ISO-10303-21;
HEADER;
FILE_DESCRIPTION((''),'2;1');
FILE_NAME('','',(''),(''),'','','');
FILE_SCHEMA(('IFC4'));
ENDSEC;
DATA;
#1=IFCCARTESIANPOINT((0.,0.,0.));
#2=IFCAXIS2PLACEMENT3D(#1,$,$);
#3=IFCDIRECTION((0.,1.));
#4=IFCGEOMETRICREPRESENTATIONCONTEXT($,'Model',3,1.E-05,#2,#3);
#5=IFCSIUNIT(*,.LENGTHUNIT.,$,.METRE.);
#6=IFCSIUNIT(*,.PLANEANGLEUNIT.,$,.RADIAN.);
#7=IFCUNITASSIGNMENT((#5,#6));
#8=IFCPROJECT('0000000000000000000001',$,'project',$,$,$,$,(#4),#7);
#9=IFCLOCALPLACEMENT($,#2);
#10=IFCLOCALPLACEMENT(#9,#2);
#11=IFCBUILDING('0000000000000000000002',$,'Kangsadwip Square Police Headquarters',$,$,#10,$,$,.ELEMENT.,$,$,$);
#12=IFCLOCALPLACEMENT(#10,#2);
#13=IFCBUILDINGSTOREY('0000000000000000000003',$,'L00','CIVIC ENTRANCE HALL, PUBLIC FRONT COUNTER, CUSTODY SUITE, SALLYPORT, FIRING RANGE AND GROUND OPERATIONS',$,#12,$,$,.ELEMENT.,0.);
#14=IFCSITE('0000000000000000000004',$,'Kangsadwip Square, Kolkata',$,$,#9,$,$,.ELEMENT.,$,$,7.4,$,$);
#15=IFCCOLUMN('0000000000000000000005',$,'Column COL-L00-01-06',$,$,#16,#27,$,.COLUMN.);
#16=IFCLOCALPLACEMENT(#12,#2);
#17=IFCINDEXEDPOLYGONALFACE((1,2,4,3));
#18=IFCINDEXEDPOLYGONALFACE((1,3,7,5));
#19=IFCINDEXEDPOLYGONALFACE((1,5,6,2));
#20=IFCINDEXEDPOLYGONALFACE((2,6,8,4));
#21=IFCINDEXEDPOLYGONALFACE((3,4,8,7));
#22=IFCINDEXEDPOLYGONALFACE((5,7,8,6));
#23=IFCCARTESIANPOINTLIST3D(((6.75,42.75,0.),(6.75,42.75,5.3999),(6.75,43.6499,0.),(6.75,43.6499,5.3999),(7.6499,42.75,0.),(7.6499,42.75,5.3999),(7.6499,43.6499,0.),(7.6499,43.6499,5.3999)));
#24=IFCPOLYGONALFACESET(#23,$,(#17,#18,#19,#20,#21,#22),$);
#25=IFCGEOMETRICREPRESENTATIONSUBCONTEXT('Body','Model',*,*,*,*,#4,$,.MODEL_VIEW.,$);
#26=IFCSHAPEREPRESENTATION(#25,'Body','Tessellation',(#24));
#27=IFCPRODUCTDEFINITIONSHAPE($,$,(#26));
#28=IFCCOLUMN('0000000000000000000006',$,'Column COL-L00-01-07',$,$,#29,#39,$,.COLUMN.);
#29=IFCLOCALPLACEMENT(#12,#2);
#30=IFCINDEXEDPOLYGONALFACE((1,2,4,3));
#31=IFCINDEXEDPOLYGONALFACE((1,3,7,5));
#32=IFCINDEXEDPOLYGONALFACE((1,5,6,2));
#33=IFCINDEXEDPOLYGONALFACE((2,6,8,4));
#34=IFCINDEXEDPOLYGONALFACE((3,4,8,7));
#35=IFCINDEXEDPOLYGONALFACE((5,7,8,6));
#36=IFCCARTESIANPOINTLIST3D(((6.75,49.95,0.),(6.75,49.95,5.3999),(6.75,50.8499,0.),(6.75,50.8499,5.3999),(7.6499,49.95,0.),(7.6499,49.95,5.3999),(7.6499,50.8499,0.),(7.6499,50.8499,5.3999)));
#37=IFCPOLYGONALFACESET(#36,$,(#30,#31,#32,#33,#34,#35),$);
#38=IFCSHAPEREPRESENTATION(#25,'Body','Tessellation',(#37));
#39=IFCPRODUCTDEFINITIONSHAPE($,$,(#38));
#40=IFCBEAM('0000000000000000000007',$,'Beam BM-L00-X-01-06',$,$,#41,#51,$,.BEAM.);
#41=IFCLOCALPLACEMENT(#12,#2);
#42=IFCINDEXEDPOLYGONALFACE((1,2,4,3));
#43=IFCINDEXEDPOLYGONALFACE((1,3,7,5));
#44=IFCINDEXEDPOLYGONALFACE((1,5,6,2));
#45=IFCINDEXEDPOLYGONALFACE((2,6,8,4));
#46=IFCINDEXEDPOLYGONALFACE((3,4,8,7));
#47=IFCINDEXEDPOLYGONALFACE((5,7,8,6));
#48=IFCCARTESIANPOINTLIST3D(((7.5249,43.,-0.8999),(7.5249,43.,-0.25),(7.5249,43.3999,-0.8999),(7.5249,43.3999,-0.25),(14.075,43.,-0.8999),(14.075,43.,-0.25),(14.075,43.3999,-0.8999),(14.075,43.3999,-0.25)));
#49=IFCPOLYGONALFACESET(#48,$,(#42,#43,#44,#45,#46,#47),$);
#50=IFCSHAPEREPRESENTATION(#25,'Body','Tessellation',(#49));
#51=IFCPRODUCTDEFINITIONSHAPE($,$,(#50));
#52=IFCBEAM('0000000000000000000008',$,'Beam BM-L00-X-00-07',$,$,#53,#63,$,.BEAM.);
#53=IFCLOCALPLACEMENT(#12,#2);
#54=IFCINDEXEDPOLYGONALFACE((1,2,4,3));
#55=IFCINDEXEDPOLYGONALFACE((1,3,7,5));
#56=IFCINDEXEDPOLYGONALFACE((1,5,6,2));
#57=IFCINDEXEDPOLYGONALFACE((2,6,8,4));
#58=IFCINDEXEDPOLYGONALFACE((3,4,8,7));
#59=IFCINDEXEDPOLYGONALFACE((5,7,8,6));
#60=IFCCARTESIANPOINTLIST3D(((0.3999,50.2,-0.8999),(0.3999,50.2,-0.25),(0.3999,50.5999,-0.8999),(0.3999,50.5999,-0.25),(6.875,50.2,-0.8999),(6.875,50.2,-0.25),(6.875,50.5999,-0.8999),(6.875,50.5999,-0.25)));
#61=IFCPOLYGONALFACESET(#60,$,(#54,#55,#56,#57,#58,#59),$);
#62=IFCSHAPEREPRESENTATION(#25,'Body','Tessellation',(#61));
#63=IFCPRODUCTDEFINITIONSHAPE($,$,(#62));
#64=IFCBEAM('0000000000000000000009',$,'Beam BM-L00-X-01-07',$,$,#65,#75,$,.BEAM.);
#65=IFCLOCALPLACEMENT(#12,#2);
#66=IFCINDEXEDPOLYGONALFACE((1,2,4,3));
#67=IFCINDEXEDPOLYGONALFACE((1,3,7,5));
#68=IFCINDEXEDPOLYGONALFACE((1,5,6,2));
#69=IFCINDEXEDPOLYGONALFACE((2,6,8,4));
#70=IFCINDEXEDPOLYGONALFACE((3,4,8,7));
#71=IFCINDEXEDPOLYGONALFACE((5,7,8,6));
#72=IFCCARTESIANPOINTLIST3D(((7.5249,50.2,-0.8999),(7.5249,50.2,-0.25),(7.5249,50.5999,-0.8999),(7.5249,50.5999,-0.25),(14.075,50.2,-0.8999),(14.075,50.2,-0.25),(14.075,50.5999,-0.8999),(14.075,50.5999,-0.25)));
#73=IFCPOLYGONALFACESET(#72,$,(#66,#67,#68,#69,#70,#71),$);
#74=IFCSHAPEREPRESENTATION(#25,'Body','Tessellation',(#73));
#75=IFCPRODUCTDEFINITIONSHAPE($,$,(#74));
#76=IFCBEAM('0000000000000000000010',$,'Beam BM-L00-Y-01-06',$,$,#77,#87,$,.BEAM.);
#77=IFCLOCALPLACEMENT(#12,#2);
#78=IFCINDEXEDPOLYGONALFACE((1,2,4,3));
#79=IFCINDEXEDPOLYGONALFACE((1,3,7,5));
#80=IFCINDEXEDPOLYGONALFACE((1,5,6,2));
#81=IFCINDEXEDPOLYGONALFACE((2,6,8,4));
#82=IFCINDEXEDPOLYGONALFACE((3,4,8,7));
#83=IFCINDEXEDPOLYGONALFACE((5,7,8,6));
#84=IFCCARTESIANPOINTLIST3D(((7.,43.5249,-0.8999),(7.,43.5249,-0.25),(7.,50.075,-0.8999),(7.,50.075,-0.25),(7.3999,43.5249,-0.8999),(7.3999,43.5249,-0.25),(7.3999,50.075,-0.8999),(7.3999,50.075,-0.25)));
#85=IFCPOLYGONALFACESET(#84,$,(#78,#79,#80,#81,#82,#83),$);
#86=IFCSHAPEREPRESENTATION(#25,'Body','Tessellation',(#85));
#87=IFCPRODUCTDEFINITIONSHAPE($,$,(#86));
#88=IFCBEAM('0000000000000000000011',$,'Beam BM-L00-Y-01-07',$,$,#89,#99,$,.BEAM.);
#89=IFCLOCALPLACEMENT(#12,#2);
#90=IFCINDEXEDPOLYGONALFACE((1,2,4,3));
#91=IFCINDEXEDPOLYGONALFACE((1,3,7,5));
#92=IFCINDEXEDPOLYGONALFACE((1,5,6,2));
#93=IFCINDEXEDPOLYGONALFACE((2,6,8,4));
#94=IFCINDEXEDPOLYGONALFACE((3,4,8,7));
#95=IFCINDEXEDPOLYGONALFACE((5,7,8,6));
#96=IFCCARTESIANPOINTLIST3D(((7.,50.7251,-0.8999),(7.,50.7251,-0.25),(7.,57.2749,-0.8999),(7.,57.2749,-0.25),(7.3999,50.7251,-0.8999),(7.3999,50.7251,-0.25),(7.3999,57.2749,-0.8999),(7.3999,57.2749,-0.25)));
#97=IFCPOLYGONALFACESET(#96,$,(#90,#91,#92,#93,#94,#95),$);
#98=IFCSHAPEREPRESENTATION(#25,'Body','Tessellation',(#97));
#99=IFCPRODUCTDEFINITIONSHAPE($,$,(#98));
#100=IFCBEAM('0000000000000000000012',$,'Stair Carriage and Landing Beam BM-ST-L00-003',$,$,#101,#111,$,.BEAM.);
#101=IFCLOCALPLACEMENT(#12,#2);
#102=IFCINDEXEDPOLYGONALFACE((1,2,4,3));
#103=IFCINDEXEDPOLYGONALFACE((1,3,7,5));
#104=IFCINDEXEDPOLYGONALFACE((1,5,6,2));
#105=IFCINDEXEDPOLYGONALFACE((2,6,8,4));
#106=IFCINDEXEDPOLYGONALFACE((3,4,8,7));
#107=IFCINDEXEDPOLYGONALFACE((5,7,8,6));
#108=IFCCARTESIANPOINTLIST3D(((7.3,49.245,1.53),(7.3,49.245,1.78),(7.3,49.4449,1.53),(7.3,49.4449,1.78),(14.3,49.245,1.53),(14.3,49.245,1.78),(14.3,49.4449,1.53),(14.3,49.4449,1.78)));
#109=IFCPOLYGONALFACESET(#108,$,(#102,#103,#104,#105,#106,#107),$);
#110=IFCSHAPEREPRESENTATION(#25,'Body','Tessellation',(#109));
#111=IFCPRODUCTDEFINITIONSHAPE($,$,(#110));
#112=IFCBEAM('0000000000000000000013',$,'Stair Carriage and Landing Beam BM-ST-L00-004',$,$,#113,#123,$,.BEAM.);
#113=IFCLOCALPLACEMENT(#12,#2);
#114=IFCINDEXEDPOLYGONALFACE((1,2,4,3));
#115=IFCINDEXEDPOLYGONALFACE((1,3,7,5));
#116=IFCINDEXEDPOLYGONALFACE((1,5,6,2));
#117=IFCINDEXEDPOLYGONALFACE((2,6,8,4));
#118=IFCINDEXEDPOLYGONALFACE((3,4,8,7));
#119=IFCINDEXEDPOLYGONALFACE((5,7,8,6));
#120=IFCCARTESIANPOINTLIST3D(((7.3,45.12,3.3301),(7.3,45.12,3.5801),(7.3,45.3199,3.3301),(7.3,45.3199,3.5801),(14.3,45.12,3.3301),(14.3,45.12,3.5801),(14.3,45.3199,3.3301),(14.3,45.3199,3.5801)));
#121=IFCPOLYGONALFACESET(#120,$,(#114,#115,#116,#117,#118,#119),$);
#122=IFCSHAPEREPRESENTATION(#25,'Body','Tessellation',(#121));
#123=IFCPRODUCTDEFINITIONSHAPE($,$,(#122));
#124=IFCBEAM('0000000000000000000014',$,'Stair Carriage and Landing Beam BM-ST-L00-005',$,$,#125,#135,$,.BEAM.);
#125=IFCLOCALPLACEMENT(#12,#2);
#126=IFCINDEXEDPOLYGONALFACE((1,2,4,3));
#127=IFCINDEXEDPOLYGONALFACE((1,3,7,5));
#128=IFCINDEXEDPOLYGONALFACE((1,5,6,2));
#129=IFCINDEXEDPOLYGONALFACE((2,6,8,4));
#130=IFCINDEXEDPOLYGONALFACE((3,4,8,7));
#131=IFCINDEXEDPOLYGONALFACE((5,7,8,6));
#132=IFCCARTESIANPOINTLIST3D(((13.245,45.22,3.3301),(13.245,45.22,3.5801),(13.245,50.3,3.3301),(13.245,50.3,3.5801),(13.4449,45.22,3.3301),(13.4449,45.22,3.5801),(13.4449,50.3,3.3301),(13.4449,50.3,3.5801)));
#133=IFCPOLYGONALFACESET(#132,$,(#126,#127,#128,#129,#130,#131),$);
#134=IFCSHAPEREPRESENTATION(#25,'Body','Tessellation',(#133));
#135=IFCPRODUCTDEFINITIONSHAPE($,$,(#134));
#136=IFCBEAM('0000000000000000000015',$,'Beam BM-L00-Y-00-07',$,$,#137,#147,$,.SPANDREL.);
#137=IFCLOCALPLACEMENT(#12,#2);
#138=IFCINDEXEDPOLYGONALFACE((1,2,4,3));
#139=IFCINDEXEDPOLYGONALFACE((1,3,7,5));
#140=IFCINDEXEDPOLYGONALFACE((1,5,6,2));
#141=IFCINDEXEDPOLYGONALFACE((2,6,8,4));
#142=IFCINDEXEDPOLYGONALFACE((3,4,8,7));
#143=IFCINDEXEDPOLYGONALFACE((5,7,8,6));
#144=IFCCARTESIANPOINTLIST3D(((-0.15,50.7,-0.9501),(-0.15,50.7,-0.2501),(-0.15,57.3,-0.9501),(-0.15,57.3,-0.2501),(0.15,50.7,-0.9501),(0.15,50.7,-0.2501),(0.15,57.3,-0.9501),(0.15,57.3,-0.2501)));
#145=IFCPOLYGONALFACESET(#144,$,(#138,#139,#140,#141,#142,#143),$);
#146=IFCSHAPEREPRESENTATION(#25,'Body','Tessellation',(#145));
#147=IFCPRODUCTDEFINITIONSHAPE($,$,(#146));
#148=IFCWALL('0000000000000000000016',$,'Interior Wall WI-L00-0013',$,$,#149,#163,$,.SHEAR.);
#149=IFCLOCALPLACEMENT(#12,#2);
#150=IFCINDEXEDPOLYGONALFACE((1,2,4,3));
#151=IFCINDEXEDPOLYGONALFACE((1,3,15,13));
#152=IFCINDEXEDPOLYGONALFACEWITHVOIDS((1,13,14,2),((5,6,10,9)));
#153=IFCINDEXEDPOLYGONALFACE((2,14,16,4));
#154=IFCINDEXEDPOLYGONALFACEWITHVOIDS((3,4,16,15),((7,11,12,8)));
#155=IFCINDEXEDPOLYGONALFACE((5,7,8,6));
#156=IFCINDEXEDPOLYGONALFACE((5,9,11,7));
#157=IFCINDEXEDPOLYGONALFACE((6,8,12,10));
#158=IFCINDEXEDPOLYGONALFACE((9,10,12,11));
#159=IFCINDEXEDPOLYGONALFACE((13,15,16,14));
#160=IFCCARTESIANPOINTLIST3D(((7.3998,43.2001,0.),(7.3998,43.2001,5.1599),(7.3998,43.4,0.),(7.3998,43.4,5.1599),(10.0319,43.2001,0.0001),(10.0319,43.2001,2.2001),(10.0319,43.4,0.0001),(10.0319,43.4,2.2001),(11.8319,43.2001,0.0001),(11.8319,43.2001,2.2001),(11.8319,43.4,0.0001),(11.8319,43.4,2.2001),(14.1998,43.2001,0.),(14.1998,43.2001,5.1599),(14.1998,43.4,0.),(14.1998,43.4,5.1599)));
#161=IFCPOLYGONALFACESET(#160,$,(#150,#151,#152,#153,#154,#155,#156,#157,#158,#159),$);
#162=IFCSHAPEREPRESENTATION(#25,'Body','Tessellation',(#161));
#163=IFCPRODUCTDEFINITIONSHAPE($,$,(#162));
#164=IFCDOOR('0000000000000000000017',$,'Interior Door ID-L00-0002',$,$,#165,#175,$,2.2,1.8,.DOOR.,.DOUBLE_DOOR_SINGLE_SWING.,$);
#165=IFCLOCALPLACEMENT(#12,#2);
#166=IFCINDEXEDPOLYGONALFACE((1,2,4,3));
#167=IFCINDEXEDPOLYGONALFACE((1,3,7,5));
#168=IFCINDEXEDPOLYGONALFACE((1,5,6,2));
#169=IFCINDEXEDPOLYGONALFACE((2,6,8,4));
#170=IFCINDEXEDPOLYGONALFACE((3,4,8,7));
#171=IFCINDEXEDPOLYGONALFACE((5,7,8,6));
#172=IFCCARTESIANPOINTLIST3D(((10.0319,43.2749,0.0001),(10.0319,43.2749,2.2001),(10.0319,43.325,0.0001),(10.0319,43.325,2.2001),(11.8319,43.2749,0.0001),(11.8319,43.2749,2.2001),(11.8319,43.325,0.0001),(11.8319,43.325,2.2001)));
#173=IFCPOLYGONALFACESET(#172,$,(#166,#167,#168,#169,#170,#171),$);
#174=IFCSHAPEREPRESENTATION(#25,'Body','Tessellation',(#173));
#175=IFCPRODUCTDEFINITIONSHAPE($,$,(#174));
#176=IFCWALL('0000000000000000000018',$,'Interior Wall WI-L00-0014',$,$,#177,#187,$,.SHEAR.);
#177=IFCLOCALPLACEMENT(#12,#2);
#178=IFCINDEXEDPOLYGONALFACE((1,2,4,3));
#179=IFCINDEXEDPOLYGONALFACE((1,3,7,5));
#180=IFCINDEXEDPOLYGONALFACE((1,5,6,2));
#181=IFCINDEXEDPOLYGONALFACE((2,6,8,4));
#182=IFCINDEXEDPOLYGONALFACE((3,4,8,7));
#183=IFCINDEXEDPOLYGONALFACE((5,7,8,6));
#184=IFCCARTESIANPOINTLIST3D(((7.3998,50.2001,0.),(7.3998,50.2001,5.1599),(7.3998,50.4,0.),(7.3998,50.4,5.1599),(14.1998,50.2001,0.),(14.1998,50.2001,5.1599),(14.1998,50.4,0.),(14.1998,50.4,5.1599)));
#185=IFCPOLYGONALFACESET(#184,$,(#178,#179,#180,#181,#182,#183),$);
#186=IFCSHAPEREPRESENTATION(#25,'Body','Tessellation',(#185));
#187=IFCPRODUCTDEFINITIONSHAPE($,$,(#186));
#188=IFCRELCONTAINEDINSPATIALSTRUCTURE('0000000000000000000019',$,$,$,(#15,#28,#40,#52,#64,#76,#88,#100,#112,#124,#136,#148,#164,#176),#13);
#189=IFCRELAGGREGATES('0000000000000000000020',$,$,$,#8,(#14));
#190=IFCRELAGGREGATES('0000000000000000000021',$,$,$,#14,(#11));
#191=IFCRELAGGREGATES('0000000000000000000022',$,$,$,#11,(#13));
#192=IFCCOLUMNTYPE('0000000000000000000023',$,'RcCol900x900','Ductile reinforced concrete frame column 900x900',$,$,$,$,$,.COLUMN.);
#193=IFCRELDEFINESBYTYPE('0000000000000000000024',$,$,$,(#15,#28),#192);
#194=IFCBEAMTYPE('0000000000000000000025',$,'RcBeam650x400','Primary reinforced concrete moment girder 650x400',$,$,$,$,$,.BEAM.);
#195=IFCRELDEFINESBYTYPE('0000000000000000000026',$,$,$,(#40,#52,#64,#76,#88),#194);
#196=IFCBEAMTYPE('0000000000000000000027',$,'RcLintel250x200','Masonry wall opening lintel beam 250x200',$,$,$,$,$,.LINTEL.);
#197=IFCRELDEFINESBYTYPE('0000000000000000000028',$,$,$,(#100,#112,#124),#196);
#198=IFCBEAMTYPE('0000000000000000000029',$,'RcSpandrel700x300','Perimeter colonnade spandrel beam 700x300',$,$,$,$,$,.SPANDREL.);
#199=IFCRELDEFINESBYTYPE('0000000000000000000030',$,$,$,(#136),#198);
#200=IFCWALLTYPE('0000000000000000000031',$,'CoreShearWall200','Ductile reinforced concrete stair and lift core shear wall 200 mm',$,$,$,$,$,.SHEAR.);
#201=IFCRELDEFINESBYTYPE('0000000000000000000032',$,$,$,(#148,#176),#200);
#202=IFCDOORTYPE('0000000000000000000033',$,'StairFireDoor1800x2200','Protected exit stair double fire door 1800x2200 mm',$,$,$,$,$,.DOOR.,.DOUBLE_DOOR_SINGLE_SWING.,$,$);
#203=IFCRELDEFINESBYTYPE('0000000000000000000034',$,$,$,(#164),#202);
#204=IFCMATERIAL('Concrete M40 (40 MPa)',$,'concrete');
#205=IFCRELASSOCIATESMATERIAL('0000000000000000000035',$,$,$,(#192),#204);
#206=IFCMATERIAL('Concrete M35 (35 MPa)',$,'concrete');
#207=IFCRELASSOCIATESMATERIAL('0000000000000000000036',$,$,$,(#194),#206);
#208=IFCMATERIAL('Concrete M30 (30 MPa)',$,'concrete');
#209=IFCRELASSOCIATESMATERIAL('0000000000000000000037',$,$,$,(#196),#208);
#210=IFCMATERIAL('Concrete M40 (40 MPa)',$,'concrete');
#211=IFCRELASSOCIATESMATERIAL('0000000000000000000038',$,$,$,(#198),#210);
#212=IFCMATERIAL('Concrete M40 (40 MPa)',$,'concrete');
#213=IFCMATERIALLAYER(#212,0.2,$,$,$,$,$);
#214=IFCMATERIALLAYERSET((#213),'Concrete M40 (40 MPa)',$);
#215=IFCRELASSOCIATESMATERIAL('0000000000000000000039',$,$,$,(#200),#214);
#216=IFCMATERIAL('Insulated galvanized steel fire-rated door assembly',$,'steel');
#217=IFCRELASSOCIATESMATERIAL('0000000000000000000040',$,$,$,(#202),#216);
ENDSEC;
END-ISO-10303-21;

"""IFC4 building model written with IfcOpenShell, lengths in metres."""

from ifc_helpers import new_model, si_unit, direction, frame, frame_2d, origin, origin_2d, place, context, subcontext, project, spatial, rectangle, extrude, material, layer, layer_set, material_profile, profile_set, type_object, element, fill, save


model = new_model("IFC4")

# Units and contexts
model_context = context("Model", 3, precision=1e-05, world=origin(), true_north=direction((0.0, 1.0)))
body_context = subcontext(model_context, "Body", "Model", "MODEL_VIEW")
ifc_project = project(units=[si_unit("LENGTHUNIT", "METRE"), si_unit("PLANEANGLEUNIT", "RADIAN")], contexts=[model_context])

# Site, building, storey
site_placement = place(None, origin())
site = spatial("IfcSite", under=ifc_project, at=site_placement, Name="Kangsadwip Square, Kolkata", CompositionType="ELEMENT", RefElevation=7.4)
building_placement = place(site_placement, origin())
building = spatial("IfcBuilding", under=site, at=building_placement, Name="Kangsadwip Square Police Headquarters", CompositionType="ELEMENT")
storey_placement = place(building_placement, origin())
storey = spatial("IfcBuildingStorey", under=building, at=storey_placement, Name="L00", Description="CIVIC ENTRANCE HALL, PUBLIC FRONT COUNTER, CUSTODY SUITE, SALLYPORT, FIRING RANGE AND GROUND OPERATIONS", CompositionType="ELEMENT", Elevation=0.0)

# Columns
ifc_material_1 = material(Name="Concrete M40 (40 MPa)", Category="concrete")
ifc_material_profile_1 = material_profile(ifc_material_1, rectangle(XDim=0.8999, YDim=0.8999, at=origin_2d()), Name="RC COL 900X900")
ifc_profile_set_1 = profile_set([ifc_material_profile_1], Name="Concrete M40 (40 MPa)")
column_type = type_object("IfcColumnType", Name="RcCol900x900", Description="Ductile reinforced concrete frame column 900x900", PredefinedType="COLUMN", material=ifc_profile_set_1)
for number, where, z_axis, x_axis, name in (
    (1, (7.2, 43.2, 0.0), (0.0, 0.0, 1.0), (1.0, 0.0, 0.0), "Column COL-L00-01-06"),
    (2, (7.2, 50.3999, 0.0), (0.0, 0.0, 1.0), (1.0, 0.0, 0.0), "Column COL-L00-01-07"),
):
    element("IfcColumn", number, at=place(storey_placement, frame(where, z_axis=z_axis, x_axis=x_axis)), inside=storey, type_object=column_type, Name=name, PredefinedType="COLUMN", context=body_context, shape_type="SweptSolid", body=[
        extrude(rectangle(XDim=0.8999, YDim=0.8999, at=origin_2d()), origin(), (0.0, 0.0, 1.0), 5.3999),
    ])

# Beams
ifc_material_2 = material(Name="Concrete M35 (35 MPa)", Category="concrete")
ifc_material_profile_2 = material_profile(ifc_material_2, rectangle(XDim=0.3999, YDim=0.6499, at=origin_2d()), Name="RC BM 650X400")
ifc_profile_set_2 = profile_set([ifc_material_profile_2], Name="Concrete M35 (35 MPa)")
beam_type_1 = type_object("IfcBeamType", Name="RcBeam650x400", Description="Primary reinforced concrete moment girder 650x400", PredefinedType="BEAM", material=ifc_profile_set_2)
beam_1_placement = place(storey_placement, frame((7.5249, 43.2, -0.575), z_axis=(1.0, 0.0, 0.0), x_axis=(0.0, 1.0, 0.0)))
element("IfcBeam", 3, at=beam_1_placement, inside=storey, type_object=beam_type_1, Name="Beam BM-L00-X-01-06", PredefinedType="BEAM", context=body_context, shape_type="SweptSolid", body=[
    extrude(rectangle(XDim=0.3999, YDim=0.6499, at=origin_2d()), origin(), (0.0, 0.0, 1.0), 6.55),
])
beam_2_placement = place(storey_placement, frame((0.3999, 50.3999, -0.575), z_axis=(1.0, 0.0, 0.0), x_axis=(0.0, 1.0, 0.0)))
element("IfcBeam", 4, at=beam_2_placement, inside=storey, type_object=beam_type_1, Name="Beam BM-L00-X-00-07", PredefinedType="BEAM", context=body_context, shape_type="SweptSolid", body=[
    extrude(rectangle(XDim=0.3999, YDim=0.6499, at=origin_2d()), origin(), (0.0, 0.0, 1.0), 6.4751),
])
for number, where, z_axis, x_axis, name in (
    (5, (7.5249, 50.3999, -0.575), (1.0, 0.0, 0.0), (0.0, 1.0, 0.0), "Beam BM-L00-X-01-07"),
    (6, (7.2, 43.5249, -0.575), (0.0, 1.0, 0.0), (-1.0, 0.0, 0.0), "Beam BM-L00-Y-01-06"),
):
    element("IfcBeam", number, at=place(storey_placement, frame(where, z_axis=z_axis, x_axis=x_axis)), inside=storey, type_object=beam_type_1, Name=name, PredefinedType="BEAM", context=body_context, shape_type="SweptSolid", body=[
        extrude(rectangle(XDim=0.3999, YDim=0.6499, at=origin_2d()), origin(), (0.0, 0.0, 1.0), 6.55),
    ])
beam_3_placement = place(storey_placement, frame((7.2, 50.7251, -0.575), z_axis=(0.0, 1.0, 0.0), x_axis=(-1.0, 0.0, 0.0)))
element("IfcBeam", 7, at=beam_3_placement, inside=storey, type_object=beam_type_1, Name="Beam BM-L00-Y-01-07", PredefinedType="BEAM", context=body_context, shape_type="SweptSolid", body=[
    extrude(rectangle(XDim=0.3999, YDim=0.6499, at=origin_2d()), origin(), (0.0, 0.0, 1.0), 6.5498),
])
ifc_material_3 = material(Name="Concrete M30 (30 MPa)", Category="concrete")
ifc_material_profile_3 = material_profile(ifc_material_3, rectangle(XDim=0.2, YDim=0.25, at=origin_2d()), Name="RC LNT 250X200")
ifc_profile_set_3 = profile_set([ifc_material_profile_3], Name="Concrete M30 (30 MPa)")
beam_type_2 = type_object("IfcBeamType", Name="RcLintel250x200", Description="Masonry wall opening lintel beam 250x200", PredefinedType="LINTEL", material=ifc_profile_set_3)
for number, where, z_axis, x_axis, name in (
    (8, (7.3, 49.345, 1.655), (1.0, 0.0, 0.0), (0.0, 1.0, 0.0), "Stair Carriage and Landing Beam BM-ST-L00-003"),
    (9, (7.3, 45.22, 3.4551), (1.0, 0.0, 0.0), (0.0, 1.0, 0.0), "Stair Carriage and Landing Beam BM-ST-L00-004"),
):
    element("IfcBeam", number, at=place(storey_placement, frame(where, z_axis=z_axis, x_axis=x_axis)), inside=storey, type_object=beam_type_2, Name=name, PredefinedType="BEAM", context=body_context, shape_type="SweptSolid", body=[
        extrude(rectangle(XDim=0.2, YDim=0.25, at=origin_2d()), origin(), (0.0, 0.0, 1.0), 7.0),
    ])
beam_4_placement = place(storey_placement, frame((13.345, 45.22, 3.4551), z_axis=(0.0, 1.0, 0.0), x_axis=(-1.0, 0.0, 0.0)))
element("IfcBeam", 10, at=beam_4_placement, inside=storey, type_object=beam_type_2, Name="Stair Carriage and Landing Beam BM-ST-L00-005", PredefinedType="BEAM", context=body_context, shape_type="SweptSolid", body=[
    extrude(rectangle(XDim=0.2, YDim=0.25, at=origin_2d()), origin(), (0.0, 0.0, 1.0), 5.0801),
])
ifc_material_4 = material(Name="Concrete M40 (40 MPa)", Category="concrete")
ifc_material_profile_4 = material_profile(ifc_material_4, rectangle(XDim=0.3, YDim=0.7, at=origin_2d()), Name="RC SPN 700X300")
ifc_profile_set_4 = profile_set([ifc_material_profile_4], Name="Concrete M40 (40 MPa)")
beam_type_3 = type_object("IfcBeamType", Name="RcSpandrel700x300", Description="Perimeter colonnade spandrel beam 700x300", PredefinedType="SPANDREL", material=ifc_profile_set_4)
beam_5_placement = place(storey_placement, frame((0.0, 50.7, -0.6001), z_axis=(0.0, 1.0, 0.0), x_axis=(-1.0, 0.0, 0.0)))
element("IfcBeam", 11, at=beam_5_placement, inside=storey, type_object=beam_type_3, Name="Beam BM-L00-Y-00-07", PredefinedType="SPANDREL", context=body_context, shape_type="SweptSolid", body=[
    extrude(rectangle(XDim=0.3, YDim=0.7, at=origin_2d()), origin(), (0.0, 0.0, 1.0), 6.6001),
])

# Wall, opening, door
ifc_material_5 = material(Name="Concrete M40 (40 MPa)", Category="concrete")
ifc_layer = layer(ifc_material_5, 0.2)
ifc_layer_set = layer_set([ifc_layer], Name="Concrete M40 (40 MPa)")
wall_type = type_object("IfcWallType", Name="CoreShearWall200", Description="Ductile reinforced concrete stair and lift core shear wall 200 mm", PredefinedType="SHEAR", material=ifc_layer_set)
wall_placement = place(storey_placement, frame((7.3999, 43.3, 0.0), z_axis=(0.0, 0.0, 1.0), x_axis=(1.0, 0.0, 0.0)))
wall = element("IfcWall", 12, at=wall_placement, inside=storey, type_object=wall_type, Name="Interior Wall WI-L00-0013", PredefinedType="SHEAR", context=body_context, shape_type="SweptSolid", body=[
    extrude(rectangle(XDim=6.8, YDim=0.2, at=frame_2d((3.3999, 0.0))), origin(), (0.0, 0.0, 1.0), 5.1599),
])
opening_placement = place(wall_placement, frame((2.6321, 0.0, 0.0)))
opening = element("IfcOpeningElement", 13, at=opening_placement, cuts=wall, PredefinedType="OPENING", context=body_context, shape_type="SweptSolid", body=[
    extrude(rectangle(XDim=1.8, YDim=2.2, at=frame_2d((0.8999, 1.1001))), frame((0.0, 0.1099, 0.0), z_axis=(0.0, -1.0, 0.0), x_axis=(1.0, 0.0, 0.0)), (0.0, 0.0, 1.0), 0.22),
])
ifc_material_6 = material(Name="Insulated galvanized steel fire-rated door assembly", Category="steel")
door_type = type_object("IfcDoorType", Name="StairFireDoor1800x2200", Description="Protected exit stair double fire door 1800x2200 mm", OperationType="DOUBLE_DOOR_SINGLE_SWING", PredefinedType="DOOR", material=ifc_material_6)
door_placement = place(opening_placement, origin())
door = element("IfcDoor", 14, at=door_placement, inside=storey, type_object=door_type, Name="Interior Door ID-L00-0002", OperationType="DOUBLE_DOOR_SINGLE_SWING", OverallHeight=2.2, OverallWidth=1.8, PredefinedType="DOOR", context=body_context, shape_type="SweptSolid", body=[
    extrude(rectangle(XDim=1.8, YDim=2.2, at=frame_2d((0.8999, 1.1001))), frame((0.0, 0.0249, 0.0), z_axis=(0.0, -1.0, 0.0), x_axis=(1.0, 0.0, 0.0)), (0.0, 0.0, 1.0), 0.05),
])
fill(opening, door)

# Wall
for number, where, z_axis, x_axis, name in (
    (15, (7.3999, 50.3, 0.0), (0.0, 0.0, 1.0), (1.0, 0.0, 0.0), "Interior Wall WI-L00-0014"),
):
    element("IfcWall", number, at=place(storey_placement, frame(where, z_axis=z_axis, x_axis=x_axis)), inside=storey, type_object=wall_type, Name=name, PredefinedType="SHEAR", context=body_context, shape_type="SweptSolid", body=[
        extrude(rectangle(XDim=6.8, YDim=0.2, at=frame_2d((3.3999, 0.0))), origin(), (0.0, 0.0, 1.0), 5.1599),
    ])

save(model, "model.ifc")
